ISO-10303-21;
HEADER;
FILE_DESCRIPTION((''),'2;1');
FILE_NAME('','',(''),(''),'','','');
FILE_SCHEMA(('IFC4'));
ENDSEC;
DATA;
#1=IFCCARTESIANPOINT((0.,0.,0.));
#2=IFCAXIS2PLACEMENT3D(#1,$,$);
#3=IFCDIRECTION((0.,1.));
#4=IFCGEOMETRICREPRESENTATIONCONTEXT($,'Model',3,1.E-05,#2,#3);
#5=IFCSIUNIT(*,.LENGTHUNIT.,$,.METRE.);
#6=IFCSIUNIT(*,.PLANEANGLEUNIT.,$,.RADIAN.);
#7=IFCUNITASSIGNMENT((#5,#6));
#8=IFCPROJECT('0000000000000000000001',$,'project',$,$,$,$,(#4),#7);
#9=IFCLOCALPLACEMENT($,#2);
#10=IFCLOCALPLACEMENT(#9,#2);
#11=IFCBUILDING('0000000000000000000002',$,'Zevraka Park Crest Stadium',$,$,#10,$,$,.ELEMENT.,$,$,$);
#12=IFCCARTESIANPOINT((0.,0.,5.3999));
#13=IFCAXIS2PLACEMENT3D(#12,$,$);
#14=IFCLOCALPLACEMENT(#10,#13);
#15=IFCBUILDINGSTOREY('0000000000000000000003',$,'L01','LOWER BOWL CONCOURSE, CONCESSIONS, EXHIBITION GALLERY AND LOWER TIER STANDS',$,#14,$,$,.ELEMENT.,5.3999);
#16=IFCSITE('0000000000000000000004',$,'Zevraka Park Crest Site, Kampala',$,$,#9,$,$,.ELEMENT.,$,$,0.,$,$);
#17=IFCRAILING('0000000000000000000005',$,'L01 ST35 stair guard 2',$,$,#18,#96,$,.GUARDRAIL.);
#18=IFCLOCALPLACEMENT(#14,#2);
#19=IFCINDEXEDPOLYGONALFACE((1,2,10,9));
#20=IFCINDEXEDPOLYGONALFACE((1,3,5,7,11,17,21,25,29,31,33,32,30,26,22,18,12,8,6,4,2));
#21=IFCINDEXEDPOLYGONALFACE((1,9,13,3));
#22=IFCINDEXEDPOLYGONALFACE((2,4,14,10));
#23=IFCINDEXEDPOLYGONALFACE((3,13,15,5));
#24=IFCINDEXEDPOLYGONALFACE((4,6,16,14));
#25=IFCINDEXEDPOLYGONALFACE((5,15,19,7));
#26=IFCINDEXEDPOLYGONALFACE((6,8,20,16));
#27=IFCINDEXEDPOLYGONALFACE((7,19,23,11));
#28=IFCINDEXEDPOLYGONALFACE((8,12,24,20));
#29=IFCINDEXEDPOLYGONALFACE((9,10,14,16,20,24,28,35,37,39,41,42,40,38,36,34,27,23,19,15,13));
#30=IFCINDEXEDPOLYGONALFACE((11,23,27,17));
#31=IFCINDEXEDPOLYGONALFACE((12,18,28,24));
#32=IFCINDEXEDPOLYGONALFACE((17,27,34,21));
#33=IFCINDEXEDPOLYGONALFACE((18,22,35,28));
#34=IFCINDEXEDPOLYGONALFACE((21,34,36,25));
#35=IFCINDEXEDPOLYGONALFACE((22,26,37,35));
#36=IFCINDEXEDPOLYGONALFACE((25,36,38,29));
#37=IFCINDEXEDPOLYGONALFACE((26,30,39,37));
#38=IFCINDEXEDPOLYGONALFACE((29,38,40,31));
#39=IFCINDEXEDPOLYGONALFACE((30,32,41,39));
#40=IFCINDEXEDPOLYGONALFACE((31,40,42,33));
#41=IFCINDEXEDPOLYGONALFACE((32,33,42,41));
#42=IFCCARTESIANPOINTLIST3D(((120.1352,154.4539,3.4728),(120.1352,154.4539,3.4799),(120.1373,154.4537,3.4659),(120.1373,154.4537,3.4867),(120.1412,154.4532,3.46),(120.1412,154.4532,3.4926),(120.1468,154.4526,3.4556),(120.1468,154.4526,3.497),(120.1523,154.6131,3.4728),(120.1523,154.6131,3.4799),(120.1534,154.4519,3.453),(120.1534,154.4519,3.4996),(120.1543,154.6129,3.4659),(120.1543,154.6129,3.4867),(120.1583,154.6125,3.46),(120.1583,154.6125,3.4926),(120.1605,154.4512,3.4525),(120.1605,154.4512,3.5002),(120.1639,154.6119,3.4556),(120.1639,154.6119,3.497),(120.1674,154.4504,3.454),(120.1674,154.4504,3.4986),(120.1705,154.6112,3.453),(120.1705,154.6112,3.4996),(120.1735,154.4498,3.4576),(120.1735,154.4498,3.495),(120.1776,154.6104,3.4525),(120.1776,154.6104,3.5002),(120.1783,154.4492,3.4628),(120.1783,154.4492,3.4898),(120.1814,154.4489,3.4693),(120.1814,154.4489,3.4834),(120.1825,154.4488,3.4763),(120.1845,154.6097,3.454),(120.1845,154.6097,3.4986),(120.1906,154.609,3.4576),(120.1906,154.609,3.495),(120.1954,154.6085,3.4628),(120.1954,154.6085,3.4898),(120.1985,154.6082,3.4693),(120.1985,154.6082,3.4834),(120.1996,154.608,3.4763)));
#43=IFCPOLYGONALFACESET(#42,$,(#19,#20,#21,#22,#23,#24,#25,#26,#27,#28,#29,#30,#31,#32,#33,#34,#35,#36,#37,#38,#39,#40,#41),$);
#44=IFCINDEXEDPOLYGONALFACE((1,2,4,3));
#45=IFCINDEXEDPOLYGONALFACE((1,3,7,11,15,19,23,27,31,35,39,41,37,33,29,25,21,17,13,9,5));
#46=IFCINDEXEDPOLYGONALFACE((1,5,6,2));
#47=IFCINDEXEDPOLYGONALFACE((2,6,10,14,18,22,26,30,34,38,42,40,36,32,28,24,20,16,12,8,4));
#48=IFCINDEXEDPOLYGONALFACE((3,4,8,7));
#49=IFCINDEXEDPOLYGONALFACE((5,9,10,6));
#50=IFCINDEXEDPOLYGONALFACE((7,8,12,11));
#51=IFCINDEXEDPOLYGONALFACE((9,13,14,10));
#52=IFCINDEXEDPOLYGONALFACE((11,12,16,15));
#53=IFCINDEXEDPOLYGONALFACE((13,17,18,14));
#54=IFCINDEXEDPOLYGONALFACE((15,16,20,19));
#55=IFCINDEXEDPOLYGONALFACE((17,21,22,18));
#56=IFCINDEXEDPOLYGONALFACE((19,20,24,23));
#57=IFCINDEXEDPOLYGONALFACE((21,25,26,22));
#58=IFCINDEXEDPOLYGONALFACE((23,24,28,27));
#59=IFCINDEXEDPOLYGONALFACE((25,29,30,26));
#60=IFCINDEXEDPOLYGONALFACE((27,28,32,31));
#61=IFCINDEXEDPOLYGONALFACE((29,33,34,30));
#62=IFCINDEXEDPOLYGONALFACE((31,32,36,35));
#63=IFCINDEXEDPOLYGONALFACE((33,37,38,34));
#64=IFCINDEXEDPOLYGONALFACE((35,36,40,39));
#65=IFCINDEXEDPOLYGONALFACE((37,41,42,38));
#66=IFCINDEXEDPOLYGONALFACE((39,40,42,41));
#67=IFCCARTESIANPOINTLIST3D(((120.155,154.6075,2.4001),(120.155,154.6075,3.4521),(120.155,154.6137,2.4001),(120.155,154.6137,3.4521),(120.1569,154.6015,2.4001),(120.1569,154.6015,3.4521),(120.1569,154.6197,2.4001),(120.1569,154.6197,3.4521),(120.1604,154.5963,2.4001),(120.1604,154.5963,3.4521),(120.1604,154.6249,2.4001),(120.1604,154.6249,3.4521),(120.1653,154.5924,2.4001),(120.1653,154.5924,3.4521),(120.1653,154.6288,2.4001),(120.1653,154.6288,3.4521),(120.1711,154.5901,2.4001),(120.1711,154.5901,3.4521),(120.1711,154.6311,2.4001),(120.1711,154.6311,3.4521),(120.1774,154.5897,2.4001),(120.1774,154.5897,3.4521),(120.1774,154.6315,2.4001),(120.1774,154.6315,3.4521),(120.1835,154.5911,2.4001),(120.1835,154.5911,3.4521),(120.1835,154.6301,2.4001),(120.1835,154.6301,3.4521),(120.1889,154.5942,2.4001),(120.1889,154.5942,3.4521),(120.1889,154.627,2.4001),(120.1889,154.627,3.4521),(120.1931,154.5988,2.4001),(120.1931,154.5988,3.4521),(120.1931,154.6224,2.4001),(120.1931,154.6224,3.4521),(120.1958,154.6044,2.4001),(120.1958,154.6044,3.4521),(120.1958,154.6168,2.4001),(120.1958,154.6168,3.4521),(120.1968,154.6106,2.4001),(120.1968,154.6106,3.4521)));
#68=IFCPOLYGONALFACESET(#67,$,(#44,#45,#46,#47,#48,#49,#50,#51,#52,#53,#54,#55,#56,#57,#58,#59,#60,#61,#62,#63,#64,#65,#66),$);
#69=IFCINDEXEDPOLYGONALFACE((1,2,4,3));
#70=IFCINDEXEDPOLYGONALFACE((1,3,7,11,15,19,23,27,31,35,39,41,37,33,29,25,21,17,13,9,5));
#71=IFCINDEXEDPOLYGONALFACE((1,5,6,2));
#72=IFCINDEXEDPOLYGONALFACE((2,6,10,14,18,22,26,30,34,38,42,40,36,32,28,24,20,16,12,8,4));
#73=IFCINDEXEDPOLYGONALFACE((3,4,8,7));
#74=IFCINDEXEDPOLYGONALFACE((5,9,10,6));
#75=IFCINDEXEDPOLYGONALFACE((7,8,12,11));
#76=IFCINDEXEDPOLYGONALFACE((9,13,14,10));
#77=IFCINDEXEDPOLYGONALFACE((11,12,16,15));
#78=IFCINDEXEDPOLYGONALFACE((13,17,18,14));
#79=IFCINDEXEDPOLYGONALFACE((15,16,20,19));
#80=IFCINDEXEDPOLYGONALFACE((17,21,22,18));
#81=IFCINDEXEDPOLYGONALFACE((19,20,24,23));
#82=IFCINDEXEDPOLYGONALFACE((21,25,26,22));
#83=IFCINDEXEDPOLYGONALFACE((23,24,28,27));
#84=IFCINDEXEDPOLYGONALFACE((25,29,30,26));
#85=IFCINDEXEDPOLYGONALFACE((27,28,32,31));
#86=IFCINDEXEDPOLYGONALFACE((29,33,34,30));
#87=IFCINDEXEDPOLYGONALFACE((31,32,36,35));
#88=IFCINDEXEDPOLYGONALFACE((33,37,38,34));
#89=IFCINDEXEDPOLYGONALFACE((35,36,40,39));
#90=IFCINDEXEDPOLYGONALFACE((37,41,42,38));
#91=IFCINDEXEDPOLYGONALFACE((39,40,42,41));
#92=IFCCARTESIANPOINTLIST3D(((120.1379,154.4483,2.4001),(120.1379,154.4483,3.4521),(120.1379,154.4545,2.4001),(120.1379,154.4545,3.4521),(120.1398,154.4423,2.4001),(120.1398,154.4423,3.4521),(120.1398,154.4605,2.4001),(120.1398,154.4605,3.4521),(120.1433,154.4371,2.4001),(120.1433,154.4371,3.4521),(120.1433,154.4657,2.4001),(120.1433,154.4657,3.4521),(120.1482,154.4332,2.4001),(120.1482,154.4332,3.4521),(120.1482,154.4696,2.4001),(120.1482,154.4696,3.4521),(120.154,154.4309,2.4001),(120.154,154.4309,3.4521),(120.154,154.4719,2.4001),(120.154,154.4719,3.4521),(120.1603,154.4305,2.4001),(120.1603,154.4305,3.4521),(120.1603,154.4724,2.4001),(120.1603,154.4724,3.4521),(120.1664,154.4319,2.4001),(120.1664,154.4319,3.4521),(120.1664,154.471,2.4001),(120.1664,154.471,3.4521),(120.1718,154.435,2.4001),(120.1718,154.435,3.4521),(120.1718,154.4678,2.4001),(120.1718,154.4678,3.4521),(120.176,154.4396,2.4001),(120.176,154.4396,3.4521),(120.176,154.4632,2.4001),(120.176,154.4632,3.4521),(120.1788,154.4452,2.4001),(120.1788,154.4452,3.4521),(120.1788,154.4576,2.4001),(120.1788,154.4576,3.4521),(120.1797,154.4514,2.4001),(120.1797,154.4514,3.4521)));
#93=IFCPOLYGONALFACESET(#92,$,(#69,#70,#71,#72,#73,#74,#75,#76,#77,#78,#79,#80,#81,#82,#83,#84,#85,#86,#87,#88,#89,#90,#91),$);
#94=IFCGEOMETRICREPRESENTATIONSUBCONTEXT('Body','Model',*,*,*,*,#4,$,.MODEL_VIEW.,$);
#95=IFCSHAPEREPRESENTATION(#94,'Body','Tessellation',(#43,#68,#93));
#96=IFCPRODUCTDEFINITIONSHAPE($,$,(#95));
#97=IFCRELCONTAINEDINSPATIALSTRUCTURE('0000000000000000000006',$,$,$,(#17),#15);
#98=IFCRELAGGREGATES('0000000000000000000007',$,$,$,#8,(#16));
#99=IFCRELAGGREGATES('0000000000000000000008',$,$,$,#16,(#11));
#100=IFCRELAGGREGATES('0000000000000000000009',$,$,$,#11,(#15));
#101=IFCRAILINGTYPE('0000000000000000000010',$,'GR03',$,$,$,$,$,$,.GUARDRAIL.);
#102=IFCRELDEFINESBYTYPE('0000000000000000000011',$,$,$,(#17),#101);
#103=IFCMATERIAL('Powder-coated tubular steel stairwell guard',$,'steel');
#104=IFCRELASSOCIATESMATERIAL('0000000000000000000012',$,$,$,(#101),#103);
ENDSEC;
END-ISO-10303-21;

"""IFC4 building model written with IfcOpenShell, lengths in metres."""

from ifc_helpers import new_model, si_unit, direction, frame, origin, origin_2d, place, context, subcontext, project, spatial, circle, extrude, material, type_object, element, save


model = new_model("IFC4")

# Units and contexts
model_context = context("Model", 3, precision=1e-05, world=origin(), true_north=direction((0.0, 1.0)))
body_context = subcontext(model_context, "Body", "Model", "MODEL_VIEW")
ifc_project = project(units=[si_unit("LENGTHUNIT", "METRE"), si_unit("PLANEANGLEUNIT", "RADIAN")], contexts=[model_context])

# Site, building, storey
site_placement = place(None, origin())
site = spatial("IfcSite", under=ifc_project, at=site_placement, Name="Zevraka Park Crest Site, Kampala", CompositionType="ELEMENT", RefElevation=0.0)
building_placement = place(site_placement, origin())
building = spatial("IfcBuilding", under=site, at=building_placement, Name="Zevraka Park Crest Stadium", CompositionType="ELEMENT")
storey_placement = place(building_placement, frame((0.0, 0.0, 5.3999)))
storey = spatial("IfcBuildingStorey", under=building, at=storey_placement, Name="L01", Description="LOWER BOWL CONCOURSE, CONCESSIONS, EXHIBITION GALLERY AND LOWER TIER STANDS", CompositionType="ELEMENT", Elevation=5.3999)

# Railing
ifc_material_1 = material(Name="Powder-coated tubular steel stairwell guard", Category="steel")
railing_type_1 = type_object("IfcRailingType", Name="GR03", PredefinedType="GUARDRAIL", material=ifc_material_1)
railing_1_placement = place(storey_placement, frame((120.1758, 154.6106, 2.4001)))
element("IfcRailing", 1, at=railing_1_placement, inside=storey, type_object=railing_type_1, Name="L01 ST35 stair guard 2", PredefinedType="GUARDRAIL", context=body_context, shape_type="SweptSolid", body=[
    extrude(circle(Radius=0.0239, at=origin_2d()), frame((0.0, 0.0, 1.0762), z_axis=(-0.106749, -0.994286, 0.0), x_axis=(0.994286, -0.106749, 0.0)), (0.0, 0.0, 1.0), 0.1602),
    extrude(circle(Radius=0.021, at=origin_2d()), origin(), (0.0, 0.0, 1.0), 1.052),
    extrude(circle(Radius=0.021, at=origin_2d()), frame((-0.0171, -0.1592, 0.0)), (0.0, 0.0, 1.0), 1.052),
])

save(model, "model.ifc")
